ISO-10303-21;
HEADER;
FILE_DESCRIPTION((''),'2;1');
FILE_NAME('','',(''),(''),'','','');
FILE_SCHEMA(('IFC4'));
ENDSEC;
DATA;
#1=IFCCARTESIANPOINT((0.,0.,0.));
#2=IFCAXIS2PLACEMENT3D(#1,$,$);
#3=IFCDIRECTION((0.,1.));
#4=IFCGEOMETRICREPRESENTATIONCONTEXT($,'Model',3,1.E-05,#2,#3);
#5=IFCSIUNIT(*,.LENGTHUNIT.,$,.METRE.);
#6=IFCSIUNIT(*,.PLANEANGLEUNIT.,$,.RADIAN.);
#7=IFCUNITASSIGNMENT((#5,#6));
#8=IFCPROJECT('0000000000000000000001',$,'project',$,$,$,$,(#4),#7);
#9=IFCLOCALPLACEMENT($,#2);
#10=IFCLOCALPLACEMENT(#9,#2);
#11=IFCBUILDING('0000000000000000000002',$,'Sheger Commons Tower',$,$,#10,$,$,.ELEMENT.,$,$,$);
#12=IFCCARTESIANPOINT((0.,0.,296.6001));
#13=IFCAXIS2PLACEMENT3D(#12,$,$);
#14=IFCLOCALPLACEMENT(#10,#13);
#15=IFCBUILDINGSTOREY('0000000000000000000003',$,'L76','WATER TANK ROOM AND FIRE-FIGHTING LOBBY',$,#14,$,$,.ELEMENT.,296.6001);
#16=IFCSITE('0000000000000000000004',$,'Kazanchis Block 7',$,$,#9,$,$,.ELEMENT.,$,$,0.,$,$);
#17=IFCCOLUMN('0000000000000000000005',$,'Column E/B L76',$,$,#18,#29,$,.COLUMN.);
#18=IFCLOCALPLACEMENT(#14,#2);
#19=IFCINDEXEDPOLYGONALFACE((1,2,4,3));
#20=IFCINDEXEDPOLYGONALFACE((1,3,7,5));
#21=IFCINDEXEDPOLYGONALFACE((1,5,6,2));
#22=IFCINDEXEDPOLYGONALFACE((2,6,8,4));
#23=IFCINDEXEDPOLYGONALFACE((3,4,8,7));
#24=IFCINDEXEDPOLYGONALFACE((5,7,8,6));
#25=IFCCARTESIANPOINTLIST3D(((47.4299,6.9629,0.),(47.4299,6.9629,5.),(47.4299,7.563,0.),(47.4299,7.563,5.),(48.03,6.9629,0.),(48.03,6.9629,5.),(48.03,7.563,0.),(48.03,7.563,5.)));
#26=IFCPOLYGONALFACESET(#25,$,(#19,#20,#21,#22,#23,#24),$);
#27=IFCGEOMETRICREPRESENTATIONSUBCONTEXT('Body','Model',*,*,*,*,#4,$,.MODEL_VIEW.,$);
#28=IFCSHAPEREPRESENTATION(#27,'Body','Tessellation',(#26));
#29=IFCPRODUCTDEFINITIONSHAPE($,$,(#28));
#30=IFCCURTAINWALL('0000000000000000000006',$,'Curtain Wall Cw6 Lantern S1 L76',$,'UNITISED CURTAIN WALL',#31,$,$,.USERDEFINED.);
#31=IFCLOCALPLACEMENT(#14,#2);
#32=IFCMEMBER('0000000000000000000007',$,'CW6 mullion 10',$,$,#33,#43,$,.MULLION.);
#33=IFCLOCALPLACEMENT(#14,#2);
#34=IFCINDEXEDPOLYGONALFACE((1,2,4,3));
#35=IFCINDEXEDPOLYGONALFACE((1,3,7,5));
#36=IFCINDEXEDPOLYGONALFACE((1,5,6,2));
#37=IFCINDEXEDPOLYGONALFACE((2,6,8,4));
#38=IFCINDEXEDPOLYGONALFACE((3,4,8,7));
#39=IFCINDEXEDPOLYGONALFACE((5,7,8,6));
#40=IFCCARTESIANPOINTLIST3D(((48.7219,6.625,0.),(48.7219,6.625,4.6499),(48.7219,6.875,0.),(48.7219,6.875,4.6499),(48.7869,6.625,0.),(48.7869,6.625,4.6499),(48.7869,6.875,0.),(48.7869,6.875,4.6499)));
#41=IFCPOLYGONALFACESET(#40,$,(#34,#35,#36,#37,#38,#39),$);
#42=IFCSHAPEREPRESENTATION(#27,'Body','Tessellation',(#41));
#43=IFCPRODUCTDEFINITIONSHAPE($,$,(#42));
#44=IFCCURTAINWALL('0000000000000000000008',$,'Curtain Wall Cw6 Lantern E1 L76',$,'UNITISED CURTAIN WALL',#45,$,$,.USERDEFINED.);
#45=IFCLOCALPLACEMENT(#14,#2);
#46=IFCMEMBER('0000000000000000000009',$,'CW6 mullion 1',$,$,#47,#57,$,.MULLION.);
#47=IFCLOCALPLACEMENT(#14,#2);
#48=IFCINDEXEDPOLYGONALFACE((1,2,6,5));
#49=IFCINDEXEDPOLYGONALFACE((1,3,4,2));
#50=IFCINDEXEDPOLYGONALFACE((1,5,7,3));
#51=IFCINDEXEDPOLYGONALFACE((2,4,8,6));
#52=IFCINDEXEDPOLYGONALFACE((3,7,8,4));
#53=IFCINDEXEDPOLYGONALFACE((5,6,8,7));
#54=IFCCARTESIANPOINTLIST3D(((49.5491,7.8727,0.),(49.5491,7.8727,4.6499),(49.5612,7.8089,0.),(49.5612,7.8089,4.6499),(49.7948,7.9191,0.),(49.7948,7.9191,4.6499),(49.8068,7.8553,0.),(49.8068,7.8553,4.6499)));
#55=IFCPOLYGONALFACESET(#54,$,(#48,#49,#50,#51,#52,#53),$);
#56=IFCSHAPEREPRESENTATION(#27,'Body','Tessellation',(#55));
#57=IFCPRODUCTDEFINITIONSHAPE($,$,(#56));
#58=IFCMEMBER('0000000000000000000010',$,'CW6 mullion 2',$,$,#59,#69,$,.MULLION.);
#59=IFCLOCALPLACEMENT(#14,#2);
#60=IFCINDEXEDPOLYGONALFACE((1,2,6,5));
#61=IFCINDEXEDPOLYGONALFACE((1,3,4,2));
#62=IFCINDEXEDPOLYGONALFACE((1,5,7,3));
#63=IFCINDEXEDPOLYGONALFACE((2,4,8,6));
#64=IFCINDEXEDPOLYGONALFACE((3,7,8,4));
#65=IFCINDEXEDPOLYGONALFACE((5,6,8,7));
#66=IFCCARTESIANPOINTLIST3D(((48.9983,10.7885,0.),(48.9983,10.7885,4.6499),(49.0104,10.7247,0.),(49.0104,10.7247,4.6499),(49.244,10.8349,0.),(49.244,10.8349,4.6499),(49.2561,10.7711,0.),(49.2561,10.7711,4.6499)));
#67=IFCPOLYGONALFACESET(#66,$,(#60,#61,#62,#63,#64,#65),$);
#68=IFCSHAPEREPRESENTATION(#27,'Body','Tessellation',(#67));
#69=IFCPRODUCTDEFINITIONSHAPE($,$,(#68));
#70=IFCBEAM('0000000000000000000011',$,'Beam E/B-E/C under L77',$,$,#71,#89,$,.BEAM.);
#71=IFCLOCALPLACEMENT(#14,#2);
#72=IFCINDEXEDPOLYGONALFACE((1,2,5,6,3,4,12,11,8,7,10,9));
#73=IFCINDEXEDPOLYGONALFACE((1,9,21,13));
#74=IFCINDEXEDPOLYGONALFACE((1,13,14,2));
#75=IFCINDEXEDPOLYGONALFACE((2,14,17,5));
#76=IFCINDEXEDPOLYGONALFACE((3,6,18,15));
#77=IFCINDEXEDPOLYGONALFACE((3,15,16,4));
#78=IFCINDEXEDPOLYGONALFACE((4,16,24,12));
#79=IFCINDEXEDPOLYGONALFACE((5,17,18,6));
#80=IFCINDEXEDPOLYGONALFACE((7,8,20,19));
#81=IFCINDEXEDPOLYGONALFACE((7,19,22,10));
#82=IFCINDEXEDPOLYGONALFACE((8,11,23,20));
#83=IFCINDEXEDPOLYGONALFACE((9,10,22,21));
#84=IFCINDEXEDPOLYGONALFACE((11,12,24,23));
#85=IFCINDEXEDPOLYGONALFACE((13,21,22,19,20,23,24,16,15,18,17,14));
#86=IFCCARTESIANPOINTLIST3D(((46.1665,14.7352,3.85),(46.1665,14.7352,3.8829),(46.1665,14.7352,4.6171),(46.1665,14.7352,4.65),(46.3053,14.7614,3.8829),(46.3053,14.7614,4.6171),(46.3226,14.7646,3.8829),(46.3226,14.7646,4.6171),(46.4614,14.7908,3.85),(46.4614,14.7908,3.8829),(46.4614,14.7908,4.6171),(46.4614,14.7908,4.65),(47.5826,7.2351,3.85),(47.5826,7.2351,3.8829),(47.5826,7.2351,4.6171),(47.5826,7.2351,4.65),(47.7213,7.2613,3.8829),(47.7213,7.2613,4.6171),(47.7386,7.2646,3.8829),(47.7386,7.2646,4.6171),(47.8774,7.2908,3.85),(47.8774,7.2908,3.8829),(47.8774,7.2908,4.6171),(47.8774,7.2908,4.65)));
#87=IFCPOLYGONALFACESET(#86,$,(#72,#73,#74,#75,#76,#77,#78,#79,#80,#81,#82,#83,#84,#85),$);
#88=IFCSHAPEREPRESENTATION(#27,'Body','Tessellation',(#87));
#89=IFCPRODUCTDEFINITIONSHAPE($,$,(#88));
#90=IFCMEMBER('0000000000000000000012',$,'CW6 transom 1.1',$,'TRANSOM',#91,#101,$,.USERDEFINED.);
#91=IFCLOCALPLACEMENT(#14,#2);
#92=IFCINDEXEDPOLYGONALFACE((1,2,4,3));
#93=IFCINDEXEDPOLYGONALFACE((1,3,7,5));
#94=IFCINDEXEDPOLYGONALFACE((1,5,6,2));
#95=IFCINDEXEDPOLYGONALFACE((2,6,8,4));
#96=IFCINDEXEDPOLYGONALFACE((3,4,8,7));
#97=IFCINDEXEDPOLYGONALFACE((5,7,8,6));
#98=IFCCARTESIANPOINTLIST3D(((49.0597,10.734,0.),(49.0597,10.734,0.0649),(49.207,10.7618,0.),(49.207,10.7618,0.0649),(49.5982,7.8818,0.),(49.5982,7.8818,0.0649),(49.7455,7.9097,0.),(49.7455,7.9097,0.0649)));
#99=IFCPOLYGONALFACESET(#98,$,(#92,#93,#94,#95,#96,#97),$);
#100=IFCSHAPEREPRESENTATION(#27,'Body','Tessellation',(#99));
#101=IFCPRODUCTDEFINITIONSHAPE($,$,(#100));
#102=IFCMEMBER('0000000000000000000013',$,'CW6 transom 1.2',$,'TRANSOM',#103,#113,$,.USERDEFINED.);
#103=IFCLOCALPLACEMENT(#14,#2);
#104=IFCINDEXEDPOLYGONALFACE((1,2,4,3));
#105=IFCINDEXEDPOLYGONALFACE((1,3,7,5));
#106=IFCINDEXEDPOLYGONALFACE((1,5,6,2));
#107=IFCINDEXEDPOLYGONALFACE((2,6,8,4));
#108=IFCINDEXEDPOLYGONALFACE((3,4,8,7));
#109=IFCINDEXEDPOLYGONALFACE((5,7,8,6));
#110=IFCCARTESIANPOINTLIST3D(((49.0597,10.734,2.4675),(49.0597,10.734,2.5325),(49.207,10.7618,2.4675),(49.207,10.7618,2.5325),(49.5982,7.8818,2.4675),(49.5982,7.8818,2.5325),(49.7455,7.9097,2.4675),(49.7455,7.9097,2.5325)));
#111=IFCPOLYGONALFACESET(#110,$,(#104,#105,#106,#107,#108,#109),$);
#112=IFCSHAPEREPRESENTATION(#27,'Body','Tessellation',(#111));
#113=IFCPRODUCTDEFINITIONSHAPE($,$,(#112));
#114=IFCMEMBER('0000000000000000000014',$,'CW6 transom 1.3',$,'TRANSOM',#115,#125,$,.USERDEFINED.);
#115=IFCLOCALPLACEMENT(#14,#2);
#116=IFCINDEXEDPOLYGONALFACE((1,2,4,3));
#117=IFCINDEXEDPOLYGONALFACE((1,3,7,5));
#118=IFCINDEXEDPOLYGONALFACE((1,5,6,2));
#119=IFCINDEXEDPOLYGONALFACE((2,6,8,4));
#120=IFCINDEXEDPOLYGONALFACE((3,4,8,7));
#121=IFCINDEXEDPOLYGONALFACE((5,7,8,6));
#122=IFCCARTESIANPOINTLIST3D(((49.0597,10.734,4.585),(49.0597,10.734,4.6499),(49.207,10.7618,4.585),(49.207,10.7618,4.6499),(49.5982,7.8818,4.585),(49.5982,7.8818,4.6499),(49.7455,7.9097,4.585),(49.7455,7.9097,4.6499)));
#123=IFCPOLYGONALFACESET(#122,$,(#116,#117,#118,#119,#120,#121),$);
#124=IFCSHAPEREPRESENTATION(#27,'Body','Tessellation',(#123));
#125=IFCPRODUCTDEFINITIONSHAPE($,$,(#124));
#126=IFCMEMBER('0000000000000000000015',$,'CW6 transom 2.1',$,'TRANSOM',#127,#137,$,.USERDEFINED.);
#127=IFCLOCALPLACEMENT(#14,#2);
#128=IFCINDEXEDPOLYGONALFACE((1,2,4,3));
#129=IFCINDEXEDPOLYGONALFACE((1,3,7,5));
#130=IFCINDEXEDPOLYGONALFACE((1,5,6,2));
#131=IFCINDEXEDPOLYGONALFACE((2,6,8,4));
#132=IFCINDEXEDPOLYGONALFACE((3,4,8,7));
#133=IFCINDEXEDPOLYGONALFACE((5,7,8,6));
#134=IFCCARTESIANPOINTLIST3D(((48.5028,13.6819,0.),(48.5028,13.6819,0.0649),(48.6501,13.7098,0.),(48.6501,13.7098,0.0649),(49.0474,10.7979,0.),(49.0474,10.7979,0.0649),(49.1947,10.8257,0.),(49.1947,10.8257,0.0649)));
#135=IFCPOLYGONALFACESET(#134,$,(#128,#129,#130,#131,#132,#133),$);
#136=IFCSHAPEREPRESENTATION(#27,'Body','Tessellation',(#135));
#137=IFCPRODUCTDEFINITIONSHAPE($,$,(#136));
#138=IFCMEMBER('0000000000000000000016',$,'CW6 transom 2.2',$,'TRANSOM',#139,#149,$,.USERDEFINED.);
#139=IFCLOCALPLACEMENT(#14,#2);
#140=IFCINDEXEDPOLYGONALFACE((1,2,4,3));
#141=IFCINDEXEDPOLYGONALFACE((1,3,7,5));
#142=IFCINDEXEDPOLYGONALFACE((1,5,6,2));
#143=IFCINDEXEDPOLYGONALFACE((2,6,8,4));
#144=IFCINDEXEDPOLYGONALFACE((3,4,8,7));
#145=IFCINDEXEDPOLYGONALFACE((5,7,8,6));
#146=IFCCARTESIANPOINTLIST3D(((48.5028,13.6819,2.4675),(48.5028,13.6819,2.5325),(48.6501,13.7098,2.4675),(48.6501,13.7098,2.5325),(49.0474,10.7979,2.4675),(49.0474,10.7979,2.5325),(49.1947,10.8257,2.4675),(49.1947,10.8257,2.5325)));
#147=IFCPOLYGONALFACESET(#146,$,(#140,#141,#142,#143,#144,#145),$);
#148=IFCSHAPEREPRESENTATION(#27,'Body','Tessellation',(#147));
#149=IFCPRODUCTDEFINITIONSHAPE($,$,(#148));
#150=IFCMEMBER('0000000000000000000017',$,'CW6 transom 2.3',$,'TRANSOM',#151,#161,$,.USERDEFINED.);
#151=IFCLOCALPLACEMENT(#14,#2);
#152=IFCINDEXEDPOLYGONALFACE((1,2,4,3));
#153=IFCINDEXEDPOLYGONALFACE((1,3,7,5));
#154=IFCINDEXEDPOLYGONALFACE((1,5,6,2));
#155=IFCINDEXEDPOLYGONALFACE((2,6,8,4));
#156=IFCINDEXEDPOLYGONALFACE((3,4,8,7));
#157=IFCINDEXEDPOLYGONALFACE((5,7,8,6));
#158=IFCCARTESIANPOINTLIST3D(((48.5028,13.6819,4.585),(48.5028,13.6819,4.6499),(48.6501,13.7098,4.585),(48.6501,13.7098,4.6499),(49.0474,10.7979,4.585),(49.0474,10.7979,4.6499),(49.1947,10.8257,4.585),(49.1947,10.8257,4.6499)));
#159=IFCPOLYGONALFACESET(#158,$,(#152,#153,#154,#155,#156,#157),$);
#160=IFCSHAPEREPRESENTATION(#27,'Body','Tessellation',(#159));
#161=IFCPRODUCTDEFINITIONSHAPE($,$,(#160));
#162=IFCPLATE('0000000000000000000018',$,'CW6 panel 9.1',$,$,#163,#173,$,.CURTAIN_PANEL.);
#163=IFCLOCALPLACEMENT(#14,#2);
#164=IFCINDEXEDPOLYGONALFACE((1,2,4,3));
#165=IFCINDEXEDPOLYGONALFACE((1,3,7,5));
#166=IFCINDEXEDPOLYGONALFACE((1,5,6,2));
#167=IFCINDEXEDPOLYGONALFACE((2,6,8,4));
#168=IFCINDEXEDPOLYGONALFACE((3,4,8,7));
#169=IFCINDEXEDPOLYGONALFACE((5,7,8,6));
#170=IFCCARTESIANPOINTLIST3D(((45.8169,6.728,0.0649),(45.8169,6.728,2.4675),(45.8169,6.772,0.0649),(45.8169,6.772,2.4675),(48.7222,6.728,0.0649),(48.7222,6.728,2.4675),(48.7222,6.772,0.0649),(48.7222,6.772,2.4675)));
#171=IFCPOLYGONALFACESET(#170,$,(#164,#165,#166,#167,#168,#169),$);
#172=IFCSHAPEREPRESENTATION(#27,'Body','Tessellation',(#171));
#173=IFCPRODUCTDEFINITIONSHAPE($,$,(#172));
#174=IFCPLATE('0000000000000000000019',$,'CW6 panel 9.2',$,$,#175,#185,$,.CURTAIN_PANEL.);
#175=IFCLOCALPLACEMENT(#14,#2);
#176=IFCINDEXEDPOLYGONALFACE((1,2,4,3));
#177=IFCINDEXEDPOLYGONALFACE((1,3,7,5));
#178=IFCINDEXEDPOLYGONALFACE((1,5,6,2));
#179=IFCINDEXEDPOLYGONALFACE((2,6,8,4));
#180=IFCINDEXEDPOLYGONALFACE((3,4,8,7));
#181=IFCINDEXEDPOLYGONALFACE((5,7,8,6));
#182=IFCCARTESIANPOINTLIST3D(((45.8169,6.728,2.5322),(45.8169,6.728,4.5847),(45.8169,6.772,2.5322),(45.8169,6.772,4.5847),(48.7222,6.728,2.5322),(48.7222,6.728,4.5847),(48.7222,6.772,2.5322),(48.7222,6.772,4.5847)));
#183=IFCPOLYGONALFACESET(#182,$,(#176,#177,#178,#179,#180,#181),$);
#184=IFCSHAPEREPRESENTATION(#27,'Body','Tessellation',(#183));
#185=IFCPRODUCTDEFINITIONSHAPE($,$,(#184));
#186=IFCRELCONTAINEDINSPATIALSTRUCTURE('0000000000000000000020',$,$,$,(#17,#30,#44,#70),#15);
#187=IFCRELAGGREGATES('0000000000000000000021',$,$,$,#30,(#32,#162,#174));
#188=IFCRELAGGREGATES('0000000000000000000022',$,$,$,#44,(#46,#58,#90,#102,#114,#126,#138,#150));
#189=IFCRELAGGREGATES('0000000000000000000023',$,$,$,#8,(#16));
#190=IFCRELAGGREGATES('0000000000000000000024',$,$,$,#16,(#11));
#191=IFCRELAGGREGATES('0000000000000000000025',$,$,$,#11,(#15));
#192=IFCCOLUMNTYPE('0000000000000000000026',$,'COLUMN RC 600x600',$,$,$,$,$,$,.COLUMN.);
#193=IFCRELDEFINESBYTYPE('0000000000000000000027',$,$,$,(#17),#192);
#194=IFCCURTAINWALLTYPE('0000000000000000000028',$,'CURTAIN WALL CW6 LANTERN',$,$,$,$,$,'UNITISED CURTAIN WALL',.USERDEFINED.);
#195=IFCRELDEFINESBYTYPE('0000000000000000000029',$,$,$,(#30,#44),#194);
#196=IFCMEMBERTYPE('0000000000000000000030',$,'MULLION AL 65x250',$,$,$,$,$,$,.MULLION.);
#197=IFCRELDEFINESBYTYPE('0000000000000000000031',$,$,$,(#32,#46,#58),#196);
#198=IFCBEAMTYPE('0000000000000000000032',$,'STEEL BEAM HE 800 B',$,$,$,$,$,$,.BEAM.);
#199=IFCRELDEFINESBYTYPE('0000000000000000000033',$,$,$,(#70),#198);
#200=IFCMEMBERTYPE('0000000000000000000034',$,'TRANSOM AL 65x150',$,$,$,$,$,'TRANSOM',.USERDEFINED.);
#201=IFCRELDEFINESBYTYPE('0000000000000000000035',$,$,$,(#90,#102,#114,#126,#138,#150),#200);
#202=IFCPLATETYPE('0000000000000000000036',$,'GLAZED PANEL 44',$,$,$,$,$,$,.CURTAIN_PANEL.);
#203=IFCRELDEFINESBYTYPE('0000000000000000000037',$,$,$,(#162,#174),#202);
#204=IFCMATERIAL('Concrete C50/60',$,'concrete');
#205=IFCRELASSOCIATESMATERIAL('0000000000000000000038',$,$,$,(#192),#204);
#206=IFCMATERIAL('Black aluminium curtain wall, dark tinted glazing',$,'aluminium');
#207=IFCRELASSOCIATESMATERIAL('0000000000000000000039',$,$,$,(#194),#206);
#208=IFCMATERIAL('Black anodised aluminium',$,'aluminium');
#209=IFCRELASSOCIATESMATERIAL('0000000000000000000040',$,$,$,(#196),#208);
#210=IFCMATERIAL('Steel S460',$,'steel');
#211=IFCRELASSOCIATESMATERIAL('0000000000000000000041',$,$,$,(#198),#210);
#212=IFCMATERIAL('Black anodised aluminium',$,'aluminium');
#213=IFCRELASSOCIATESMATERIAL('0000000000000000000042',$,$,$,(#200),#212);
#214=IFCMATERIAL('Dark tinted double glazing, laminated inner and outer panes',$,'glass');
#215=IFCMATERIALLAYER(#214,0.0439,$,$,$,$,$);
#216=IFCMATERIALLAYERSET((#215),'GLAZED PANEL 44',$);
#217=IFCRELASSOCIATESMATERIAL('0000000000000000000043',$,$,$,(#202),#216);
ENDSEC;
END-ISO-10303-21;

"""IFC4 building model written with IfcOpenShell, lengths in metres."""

from ifc_helpers import new_model, si_unit, direction, frame, origin, origin_2d, place, context, subcontext, project, spatial, rectangle, i_section, extrude, material, layer, layer_set, material_profile, profile_set, type_object, element, aggregate, save


model = new_model("IFC4")

# Units and contexts
model_context = context("Model", 3, precision=1e-05, world=origin(), true_north=direction((0.0, 1.0)))
body_context = subcontext(model_context, "Body", "Model", "MODEL_VIEW")
ifc_project = project(units=[si_unit("LENGTHUNIT", "METRE"), si_unit("PLANEANGLEUNIT", "RADIAN")], contexts=[model_context])

# Site, building, storey
site_placement = place(None, origin())
site = spatial("IfcSite", under=ifc_project, at=site_placement, Name="Kazanchis Block 7", CompositionType="ELEMENT", RefElevation=0.0)
building_placement = place(site_placement, origin())
building = spatial("IfcBuilding", under=site, at=building_placement, Name="Sheger Commons Tower", CompositionType="ELEMENT")
storey_placement = place(building_placement, frame((0.0, 0.0, 296.6001)))
storey = spatial("IfcBuildingStorey", under=building, at=storey_placement, Name="L76", Description="WATER TANK ROOM AND FIRE-FIGHTING LOBBY", CompositionType="ELEMENT", Elevation=296.6001)

# Column
ifc_material_1 = material(Name="Concrete C50/60", Category="concrete")
ifc_material_profile_1 = material_profile(ifc_material_1, rectangle(XDim=0.6001, YDim=0.6001, at=origin_2d()), Name="RC 600x600")
ifc_profile_set_1 = profile_set([ifc_material_profile_1], Name="Concrete C50/60")
column_type = type_object("IfcColumnType", Name="COLUMN RC 600x600", PredefinedType="COLUMN", material=ifc_profile_set_1)
column_placement = place(storey_placement, frame((47.73, 7.2629, 0.0), z_axis=(0.0, 0.0, 1.0), x_axis=(1.0, 0.0, 0.0)))
element("IfcColumn", 1, at=column_placement, inside=storey, type_object=column_type, Name="Column E/B L76", PredefinedType="COLUMN", context=body_context, shape_type="SweptSolid", body=[
    extrude(rectangle(XDim=0.6001, YDim=0.6001, at=origin_2d()), origin(), (0.0, 0.0, 1.0), 5.0),
])

# Curtain wall, member
ifc_material_2 = material(Name="Black aluminium curtain wall, dark tinted glazing", Category="aluminium")
curtain_wall_type = type_object("IfcCurtainWallType", Name="CURTAIN WALL CW6 LANTERN", ElementType="UNITISED CURTAIN WALL", PredefinedType="USERDEFINED", material=ifc_material_2)
curtain_wall_1_placement = place(storey_placement, origin())
curtain_wall_1 = element("IfcCurtainWall", 2, at=curtain_wall_1_placement, inside=storey, type_object=curtain_wall_type, Name="Curtain Wall Cw6 Lantern S1 L76", ObjectType="UNITISED CURTAIN WALL", PredefinedType="USERDEFINED")
ifc_material_3 = material(Name="Black anodised aluminium", Category="aluminium")
ifc_material_profile_2 = material_profile(ifc_material_3, rectangle(XDim=0.25, YDim=0.0649, at=origin_2d()), Name="AL 65x250")
ifc_profile_set_2 = profile_set([ifc_material_profile_2], Name="Black anodised aluminium")
member_type_1 = type_object("IfcMemberType", Name="MULLION AL 65x250", PredefinedType="MULLION", material=ifc_profile_set_2)
member_1_placement = place(storey_placement, frame((48.7544, 6.75, 0.0), z_axis=(0.0, 0.0, 1.0), x_axis=(0.0, 1.0, 0.0)))
member_1 = element("IfcMember", 3, at=member_1_placement, type_object=member_type_1, Name="CW6 mullion 10", PredefinedType="MULLION", context=body_context, shape_type="SweptSolid", body=[
    extrude(rectangle(XDim=0.25, YDim=0.0649, at=origin_2d()), origin(), (0.0, 0.0, 1.0), 4.6499),
])

# Curtain wall, members
curtain_wall_2_placement = place(storey_placement, origin())
curtain_wall_2 = element("IfcCurtainWall", 4, at=curtain_wall_2_placement, inside=storey, type_object=curtain_wall_type, Name="Curtain Wall Cw6 Lantern E1 L76", ObjectType="UNITISED CURTAIN WALL", PredefinedType="USERDEFINED")
member_2_placement = place(storey_placement, frame((49.678, 7.864, 0.0), z_axis=(0.0, 0.0, 1.0), x_axis=(-0.982623, -0.185613, 0.0)))
member_2 = element("IfcMember", 5, at=member_2_placement, type_object=member_type_1, Name="CW6 mullion 1", PredefinedType="MULLION", context=body_context, shape_type="SweptSolid", body=[
    extrude(rectangle(XDim=0.25, YDim=0.0649, at=origin_2d()), origin(), (0.0, 0.0, 1.0), 4.6499),
])
member_3_placement = place(storey_placement, frame((49.1272, 10.7798, 0.0), z_axis=(0.0, 0.0, 1.0), x_axis=(-0.982623, -0.185613, 0.0)))
member_3 = element("IfcMember", 6, at=member_3_placement, type_object=member_type_1, Name="CW6 mullion 2", PredefinedType="MULLION", context=body_context, shape_type="SweptSolid", body=[
    extrude(rectangle(XDim=0.25, YDim=0.0649, at=origin_2d()), origin(), (0.0, 0.0, 1.0), 4.6499),
])

# Beam
ifc_material_4 = material(Name="Steel S460", Category="steel")
ifc_material_profile_3 = material_profile(ifc_material_4, i_section(OverallWidth=0.3, OverallDepth=0.8, WebThickness=0.0176, FlangeThickness=0.033, at=origin_2d()), Name="HE 800 B")
ifc_profile_set_3 = profile_set([ifc_material_profile_3], Name="Steel S460")
beam_type = type_object("IfcBeamType", Name="STEEL BEAM HE 800 B", PredefinedType="BEAM", material=ifc_profile_set_3)
beam_placement = place(storey_placement, frame((47.73, 7.2629, 4.25), z_axis=(-0.185524, 0.98264, 0.0), x_axis=(-0.98264, -0.185524, 0.0)))
element("IfcBeam", 7, at=beam_placement, inside=storey, type_object=beam_type, Name="Beam E/B-E/C under L77", PredefinedType="BEAM", context=body_context, shape_type="SweptSolid", body=[
    extrude(i_section(OverallWidth=0.3, OverallDepth=0.8, WebThickness=0.0176, FlangeThickness=0.033, at=origin_2d()), origin(), (0.0, 0.0, 1.0), 7.6326),
])

# Members
ifc_material_5 = material(Name="Black anodised aluminium", Category="aluminium")
ifc_material_profile_4 = material_profile(ifc_material_5, rectangle(XDim=0.1499, YDim=0.0649, at=origin_2d()), Name="AL 65x150")
ifc_profile_set_4 = profile_set([ifc_material_profile_4], Name="Black anodised aluminium")
member_type_2 = type_object("IfcMemberType", Name="TRANSOM AL 65x150", ElementType="TRANSOM", PredefinedType="USERDEFINED", material=ifc_profile_set_4)
member_4_placement = place(storey_placement, frame((49.6719, 7.8958, 0.0325), z_axis=(-0.185543, 0.982636, 0.0), x_axis=(-0.982636, -0.185543, 0.0)))
member_4 = element("IfcMember", 8, at=member_4_placement, type_object=member_type_2, Name="CW6 transom 1.1", ObjectType="TRANSOM", PredefinedType="USERDEFINED", context=body_context, shape_type="SweptSolid", body=[
    extrude(rectangle(XDim=0.1499, YDim=0.0649, at=origin_2d()), origin(), (0.0, 0.0, 1.0), 2.9026),
])
member_5_placement = place(storey_placement, frame((49.6719, 7.8958, 2.5), z_axis=(-0.185543, 0.982636, 0.0), x_axis=(-0.982636, -0.185543, 0.0)))
member_5 = element("IfcMember", 9, at=member_5_placement, type_object=member_type_2, Name="CW6 transom 1.2", ObjectType="TRANSOM", PredefinedType="USERDEFINED", context=body_context, shape_type="SweptSolid", body=[
    extrude(rectangle(XDim=0.1499, YDim=0.0649, at=origin_2d()), origin(), (0.0, 0.0, 1.0), 2.9026),
])
member_6_placement = place(storey_placement, frame((49.6719, 7.8958, 4.6174), z_axis=(-0.185543, 0.982636, 0.0), x_axis=(-0.982636, -0.185543, 0.0)))
member_6 = element("IfcMember", 10, at=member_6_placement, type_object=member_type_2, Name="CW6 transom 1.3", ObjectType="TRANSOM", PredefinedType="USERDEFINED", context=body_context, shape_type="SweptSolid", body=[
    extrude(rectangle(XDim=0.1499, YDim=0.0649, at=origin_2d()), origin(), (0.0, 0.0, 1.0), 2.9026),
])
member_7_placement = place(storey_placement, frame((49.1211, 10.8118, 0.0325), z_axis=(-0.185579, 0.982629, 0.0), x_axis=(-0.982629, -0.185579, 0.0)))
member_7 = element("IfcMember", 11, at=member_7_placement, type_object=member_type_2, Name="CW6 transom 2.1", ObjectType="TRANSOM", PredefinedType="USERDEFINED", context=body_context, shape_type="SweptSolid", body=[
    extrude(rectangle(XDim=0.1499, YDim=0.0649, at=origin_2d()), origin(), (0.0, 0.0, 1.0), 2.9351),
])
member_8_placement = place(storey_placement, frame((49.1211, 10.8118, 2.5), z_axis=(-0.185579, 0.982629, 0.0), x_axis=(-0.982629, -0.185579, 0.0)))
member_8 = element("IfcMember", 12, at=member_8_placement, type_object=member_type_2, Name="CW6 transom 2.2", ObjectType="TRANSOM", PredefinedType="USERDEFINED", context=body_context, shape_type="SweptSolid", body=[
    extrude(rectangle(XDim=0.1499, YDim=0.0649, at=origin_2d()), origin(), (0.0, 0.0, 1.0), 2.9351),
])
member_9_placement = place(storey_placement, frame((49.1211, 10.8118, 4.6174), z_axis=(-0.185579, 0.982629, 0.0), x_axis=(-0.982629, -0.185579, 0.0)))
member_9 = element("IfcMember", 13, at=member_9_placement, type_object=member_type_2, Name="CW6 transom 2.3", ObjectType="TRANSOM", PredefinedType="USERDEFINED", context=body_context, shape_type="SweptSolid", body=[
    extrude(rectangle(XDim=0.1499, YDim=0.0649, at=origin_2d()), origin(), (0.0, 0.0, 1.0), 2.9351),
])

# Plates
ifc_material_6 = material(Name="Dark tinted double glazing, laminated inner and outer panes", Category="glass")
ifc_layer_1 = layer(ifc_material_6, 0.0439)
ifc_layer_set_1 = layer_set([ifc_layer_1], Name="GLAZED PANEL 44")
plate_type = type_object("IfcPlateType", Name="GLAZED PANEL 44", PredefinedType="CURTAIN_PANEL", material=ifc_layer_set_1)
plate_1_placement = place(storey_placement, frame((47.2695, 6.75, 0.0649), z_axis=(0.0, 0.0, 1.0), x_axis=(1.0, 0.0, 0.0)))
plate_1 = element("IfcPlate", 14, at=plate_1_placement, type_object=plate_type, Name="CW6 panel 9.1", PredefinedType="CURTAIN_PANEL", context=body_context, shape_type="SweptSolid", body=[
    extrude(rectangle(XDim=2.9053, YDim=0.0439, at=origin_2d()), origin(), (0.0, 0.0, 1.0), 2.4026),
])
plate_2_placement = place(storey_placement, frame((47.2695, 6.75, 2.5322), z_axis=(0.0, 0.0, 1.0), x_axis=(1.0, 0.0, 0.0)))
plate_2 = element("IfcPlate", 15, at=plate_2_placement, type_object=plate_type, Name="CW6 panel 9.2", PredefinedType="CURTAIN_PANEL", context=body_context, shape_type="SweptSolid", body=[
    extrude(rectangle(XDim=2.9053, YDim=0.0439, at=origin_2d()), origin(), (0.0, 0.0, 1.0), 2.0525),
])
aggregate(curtain_wall_1, [member_1, plate_1, plate_2])
aggregate(curtain_wall_2, [member_2, member_3, member_4, member_5, member_6, member_7, member_8, member_9])

save(model, "model.ifc")
